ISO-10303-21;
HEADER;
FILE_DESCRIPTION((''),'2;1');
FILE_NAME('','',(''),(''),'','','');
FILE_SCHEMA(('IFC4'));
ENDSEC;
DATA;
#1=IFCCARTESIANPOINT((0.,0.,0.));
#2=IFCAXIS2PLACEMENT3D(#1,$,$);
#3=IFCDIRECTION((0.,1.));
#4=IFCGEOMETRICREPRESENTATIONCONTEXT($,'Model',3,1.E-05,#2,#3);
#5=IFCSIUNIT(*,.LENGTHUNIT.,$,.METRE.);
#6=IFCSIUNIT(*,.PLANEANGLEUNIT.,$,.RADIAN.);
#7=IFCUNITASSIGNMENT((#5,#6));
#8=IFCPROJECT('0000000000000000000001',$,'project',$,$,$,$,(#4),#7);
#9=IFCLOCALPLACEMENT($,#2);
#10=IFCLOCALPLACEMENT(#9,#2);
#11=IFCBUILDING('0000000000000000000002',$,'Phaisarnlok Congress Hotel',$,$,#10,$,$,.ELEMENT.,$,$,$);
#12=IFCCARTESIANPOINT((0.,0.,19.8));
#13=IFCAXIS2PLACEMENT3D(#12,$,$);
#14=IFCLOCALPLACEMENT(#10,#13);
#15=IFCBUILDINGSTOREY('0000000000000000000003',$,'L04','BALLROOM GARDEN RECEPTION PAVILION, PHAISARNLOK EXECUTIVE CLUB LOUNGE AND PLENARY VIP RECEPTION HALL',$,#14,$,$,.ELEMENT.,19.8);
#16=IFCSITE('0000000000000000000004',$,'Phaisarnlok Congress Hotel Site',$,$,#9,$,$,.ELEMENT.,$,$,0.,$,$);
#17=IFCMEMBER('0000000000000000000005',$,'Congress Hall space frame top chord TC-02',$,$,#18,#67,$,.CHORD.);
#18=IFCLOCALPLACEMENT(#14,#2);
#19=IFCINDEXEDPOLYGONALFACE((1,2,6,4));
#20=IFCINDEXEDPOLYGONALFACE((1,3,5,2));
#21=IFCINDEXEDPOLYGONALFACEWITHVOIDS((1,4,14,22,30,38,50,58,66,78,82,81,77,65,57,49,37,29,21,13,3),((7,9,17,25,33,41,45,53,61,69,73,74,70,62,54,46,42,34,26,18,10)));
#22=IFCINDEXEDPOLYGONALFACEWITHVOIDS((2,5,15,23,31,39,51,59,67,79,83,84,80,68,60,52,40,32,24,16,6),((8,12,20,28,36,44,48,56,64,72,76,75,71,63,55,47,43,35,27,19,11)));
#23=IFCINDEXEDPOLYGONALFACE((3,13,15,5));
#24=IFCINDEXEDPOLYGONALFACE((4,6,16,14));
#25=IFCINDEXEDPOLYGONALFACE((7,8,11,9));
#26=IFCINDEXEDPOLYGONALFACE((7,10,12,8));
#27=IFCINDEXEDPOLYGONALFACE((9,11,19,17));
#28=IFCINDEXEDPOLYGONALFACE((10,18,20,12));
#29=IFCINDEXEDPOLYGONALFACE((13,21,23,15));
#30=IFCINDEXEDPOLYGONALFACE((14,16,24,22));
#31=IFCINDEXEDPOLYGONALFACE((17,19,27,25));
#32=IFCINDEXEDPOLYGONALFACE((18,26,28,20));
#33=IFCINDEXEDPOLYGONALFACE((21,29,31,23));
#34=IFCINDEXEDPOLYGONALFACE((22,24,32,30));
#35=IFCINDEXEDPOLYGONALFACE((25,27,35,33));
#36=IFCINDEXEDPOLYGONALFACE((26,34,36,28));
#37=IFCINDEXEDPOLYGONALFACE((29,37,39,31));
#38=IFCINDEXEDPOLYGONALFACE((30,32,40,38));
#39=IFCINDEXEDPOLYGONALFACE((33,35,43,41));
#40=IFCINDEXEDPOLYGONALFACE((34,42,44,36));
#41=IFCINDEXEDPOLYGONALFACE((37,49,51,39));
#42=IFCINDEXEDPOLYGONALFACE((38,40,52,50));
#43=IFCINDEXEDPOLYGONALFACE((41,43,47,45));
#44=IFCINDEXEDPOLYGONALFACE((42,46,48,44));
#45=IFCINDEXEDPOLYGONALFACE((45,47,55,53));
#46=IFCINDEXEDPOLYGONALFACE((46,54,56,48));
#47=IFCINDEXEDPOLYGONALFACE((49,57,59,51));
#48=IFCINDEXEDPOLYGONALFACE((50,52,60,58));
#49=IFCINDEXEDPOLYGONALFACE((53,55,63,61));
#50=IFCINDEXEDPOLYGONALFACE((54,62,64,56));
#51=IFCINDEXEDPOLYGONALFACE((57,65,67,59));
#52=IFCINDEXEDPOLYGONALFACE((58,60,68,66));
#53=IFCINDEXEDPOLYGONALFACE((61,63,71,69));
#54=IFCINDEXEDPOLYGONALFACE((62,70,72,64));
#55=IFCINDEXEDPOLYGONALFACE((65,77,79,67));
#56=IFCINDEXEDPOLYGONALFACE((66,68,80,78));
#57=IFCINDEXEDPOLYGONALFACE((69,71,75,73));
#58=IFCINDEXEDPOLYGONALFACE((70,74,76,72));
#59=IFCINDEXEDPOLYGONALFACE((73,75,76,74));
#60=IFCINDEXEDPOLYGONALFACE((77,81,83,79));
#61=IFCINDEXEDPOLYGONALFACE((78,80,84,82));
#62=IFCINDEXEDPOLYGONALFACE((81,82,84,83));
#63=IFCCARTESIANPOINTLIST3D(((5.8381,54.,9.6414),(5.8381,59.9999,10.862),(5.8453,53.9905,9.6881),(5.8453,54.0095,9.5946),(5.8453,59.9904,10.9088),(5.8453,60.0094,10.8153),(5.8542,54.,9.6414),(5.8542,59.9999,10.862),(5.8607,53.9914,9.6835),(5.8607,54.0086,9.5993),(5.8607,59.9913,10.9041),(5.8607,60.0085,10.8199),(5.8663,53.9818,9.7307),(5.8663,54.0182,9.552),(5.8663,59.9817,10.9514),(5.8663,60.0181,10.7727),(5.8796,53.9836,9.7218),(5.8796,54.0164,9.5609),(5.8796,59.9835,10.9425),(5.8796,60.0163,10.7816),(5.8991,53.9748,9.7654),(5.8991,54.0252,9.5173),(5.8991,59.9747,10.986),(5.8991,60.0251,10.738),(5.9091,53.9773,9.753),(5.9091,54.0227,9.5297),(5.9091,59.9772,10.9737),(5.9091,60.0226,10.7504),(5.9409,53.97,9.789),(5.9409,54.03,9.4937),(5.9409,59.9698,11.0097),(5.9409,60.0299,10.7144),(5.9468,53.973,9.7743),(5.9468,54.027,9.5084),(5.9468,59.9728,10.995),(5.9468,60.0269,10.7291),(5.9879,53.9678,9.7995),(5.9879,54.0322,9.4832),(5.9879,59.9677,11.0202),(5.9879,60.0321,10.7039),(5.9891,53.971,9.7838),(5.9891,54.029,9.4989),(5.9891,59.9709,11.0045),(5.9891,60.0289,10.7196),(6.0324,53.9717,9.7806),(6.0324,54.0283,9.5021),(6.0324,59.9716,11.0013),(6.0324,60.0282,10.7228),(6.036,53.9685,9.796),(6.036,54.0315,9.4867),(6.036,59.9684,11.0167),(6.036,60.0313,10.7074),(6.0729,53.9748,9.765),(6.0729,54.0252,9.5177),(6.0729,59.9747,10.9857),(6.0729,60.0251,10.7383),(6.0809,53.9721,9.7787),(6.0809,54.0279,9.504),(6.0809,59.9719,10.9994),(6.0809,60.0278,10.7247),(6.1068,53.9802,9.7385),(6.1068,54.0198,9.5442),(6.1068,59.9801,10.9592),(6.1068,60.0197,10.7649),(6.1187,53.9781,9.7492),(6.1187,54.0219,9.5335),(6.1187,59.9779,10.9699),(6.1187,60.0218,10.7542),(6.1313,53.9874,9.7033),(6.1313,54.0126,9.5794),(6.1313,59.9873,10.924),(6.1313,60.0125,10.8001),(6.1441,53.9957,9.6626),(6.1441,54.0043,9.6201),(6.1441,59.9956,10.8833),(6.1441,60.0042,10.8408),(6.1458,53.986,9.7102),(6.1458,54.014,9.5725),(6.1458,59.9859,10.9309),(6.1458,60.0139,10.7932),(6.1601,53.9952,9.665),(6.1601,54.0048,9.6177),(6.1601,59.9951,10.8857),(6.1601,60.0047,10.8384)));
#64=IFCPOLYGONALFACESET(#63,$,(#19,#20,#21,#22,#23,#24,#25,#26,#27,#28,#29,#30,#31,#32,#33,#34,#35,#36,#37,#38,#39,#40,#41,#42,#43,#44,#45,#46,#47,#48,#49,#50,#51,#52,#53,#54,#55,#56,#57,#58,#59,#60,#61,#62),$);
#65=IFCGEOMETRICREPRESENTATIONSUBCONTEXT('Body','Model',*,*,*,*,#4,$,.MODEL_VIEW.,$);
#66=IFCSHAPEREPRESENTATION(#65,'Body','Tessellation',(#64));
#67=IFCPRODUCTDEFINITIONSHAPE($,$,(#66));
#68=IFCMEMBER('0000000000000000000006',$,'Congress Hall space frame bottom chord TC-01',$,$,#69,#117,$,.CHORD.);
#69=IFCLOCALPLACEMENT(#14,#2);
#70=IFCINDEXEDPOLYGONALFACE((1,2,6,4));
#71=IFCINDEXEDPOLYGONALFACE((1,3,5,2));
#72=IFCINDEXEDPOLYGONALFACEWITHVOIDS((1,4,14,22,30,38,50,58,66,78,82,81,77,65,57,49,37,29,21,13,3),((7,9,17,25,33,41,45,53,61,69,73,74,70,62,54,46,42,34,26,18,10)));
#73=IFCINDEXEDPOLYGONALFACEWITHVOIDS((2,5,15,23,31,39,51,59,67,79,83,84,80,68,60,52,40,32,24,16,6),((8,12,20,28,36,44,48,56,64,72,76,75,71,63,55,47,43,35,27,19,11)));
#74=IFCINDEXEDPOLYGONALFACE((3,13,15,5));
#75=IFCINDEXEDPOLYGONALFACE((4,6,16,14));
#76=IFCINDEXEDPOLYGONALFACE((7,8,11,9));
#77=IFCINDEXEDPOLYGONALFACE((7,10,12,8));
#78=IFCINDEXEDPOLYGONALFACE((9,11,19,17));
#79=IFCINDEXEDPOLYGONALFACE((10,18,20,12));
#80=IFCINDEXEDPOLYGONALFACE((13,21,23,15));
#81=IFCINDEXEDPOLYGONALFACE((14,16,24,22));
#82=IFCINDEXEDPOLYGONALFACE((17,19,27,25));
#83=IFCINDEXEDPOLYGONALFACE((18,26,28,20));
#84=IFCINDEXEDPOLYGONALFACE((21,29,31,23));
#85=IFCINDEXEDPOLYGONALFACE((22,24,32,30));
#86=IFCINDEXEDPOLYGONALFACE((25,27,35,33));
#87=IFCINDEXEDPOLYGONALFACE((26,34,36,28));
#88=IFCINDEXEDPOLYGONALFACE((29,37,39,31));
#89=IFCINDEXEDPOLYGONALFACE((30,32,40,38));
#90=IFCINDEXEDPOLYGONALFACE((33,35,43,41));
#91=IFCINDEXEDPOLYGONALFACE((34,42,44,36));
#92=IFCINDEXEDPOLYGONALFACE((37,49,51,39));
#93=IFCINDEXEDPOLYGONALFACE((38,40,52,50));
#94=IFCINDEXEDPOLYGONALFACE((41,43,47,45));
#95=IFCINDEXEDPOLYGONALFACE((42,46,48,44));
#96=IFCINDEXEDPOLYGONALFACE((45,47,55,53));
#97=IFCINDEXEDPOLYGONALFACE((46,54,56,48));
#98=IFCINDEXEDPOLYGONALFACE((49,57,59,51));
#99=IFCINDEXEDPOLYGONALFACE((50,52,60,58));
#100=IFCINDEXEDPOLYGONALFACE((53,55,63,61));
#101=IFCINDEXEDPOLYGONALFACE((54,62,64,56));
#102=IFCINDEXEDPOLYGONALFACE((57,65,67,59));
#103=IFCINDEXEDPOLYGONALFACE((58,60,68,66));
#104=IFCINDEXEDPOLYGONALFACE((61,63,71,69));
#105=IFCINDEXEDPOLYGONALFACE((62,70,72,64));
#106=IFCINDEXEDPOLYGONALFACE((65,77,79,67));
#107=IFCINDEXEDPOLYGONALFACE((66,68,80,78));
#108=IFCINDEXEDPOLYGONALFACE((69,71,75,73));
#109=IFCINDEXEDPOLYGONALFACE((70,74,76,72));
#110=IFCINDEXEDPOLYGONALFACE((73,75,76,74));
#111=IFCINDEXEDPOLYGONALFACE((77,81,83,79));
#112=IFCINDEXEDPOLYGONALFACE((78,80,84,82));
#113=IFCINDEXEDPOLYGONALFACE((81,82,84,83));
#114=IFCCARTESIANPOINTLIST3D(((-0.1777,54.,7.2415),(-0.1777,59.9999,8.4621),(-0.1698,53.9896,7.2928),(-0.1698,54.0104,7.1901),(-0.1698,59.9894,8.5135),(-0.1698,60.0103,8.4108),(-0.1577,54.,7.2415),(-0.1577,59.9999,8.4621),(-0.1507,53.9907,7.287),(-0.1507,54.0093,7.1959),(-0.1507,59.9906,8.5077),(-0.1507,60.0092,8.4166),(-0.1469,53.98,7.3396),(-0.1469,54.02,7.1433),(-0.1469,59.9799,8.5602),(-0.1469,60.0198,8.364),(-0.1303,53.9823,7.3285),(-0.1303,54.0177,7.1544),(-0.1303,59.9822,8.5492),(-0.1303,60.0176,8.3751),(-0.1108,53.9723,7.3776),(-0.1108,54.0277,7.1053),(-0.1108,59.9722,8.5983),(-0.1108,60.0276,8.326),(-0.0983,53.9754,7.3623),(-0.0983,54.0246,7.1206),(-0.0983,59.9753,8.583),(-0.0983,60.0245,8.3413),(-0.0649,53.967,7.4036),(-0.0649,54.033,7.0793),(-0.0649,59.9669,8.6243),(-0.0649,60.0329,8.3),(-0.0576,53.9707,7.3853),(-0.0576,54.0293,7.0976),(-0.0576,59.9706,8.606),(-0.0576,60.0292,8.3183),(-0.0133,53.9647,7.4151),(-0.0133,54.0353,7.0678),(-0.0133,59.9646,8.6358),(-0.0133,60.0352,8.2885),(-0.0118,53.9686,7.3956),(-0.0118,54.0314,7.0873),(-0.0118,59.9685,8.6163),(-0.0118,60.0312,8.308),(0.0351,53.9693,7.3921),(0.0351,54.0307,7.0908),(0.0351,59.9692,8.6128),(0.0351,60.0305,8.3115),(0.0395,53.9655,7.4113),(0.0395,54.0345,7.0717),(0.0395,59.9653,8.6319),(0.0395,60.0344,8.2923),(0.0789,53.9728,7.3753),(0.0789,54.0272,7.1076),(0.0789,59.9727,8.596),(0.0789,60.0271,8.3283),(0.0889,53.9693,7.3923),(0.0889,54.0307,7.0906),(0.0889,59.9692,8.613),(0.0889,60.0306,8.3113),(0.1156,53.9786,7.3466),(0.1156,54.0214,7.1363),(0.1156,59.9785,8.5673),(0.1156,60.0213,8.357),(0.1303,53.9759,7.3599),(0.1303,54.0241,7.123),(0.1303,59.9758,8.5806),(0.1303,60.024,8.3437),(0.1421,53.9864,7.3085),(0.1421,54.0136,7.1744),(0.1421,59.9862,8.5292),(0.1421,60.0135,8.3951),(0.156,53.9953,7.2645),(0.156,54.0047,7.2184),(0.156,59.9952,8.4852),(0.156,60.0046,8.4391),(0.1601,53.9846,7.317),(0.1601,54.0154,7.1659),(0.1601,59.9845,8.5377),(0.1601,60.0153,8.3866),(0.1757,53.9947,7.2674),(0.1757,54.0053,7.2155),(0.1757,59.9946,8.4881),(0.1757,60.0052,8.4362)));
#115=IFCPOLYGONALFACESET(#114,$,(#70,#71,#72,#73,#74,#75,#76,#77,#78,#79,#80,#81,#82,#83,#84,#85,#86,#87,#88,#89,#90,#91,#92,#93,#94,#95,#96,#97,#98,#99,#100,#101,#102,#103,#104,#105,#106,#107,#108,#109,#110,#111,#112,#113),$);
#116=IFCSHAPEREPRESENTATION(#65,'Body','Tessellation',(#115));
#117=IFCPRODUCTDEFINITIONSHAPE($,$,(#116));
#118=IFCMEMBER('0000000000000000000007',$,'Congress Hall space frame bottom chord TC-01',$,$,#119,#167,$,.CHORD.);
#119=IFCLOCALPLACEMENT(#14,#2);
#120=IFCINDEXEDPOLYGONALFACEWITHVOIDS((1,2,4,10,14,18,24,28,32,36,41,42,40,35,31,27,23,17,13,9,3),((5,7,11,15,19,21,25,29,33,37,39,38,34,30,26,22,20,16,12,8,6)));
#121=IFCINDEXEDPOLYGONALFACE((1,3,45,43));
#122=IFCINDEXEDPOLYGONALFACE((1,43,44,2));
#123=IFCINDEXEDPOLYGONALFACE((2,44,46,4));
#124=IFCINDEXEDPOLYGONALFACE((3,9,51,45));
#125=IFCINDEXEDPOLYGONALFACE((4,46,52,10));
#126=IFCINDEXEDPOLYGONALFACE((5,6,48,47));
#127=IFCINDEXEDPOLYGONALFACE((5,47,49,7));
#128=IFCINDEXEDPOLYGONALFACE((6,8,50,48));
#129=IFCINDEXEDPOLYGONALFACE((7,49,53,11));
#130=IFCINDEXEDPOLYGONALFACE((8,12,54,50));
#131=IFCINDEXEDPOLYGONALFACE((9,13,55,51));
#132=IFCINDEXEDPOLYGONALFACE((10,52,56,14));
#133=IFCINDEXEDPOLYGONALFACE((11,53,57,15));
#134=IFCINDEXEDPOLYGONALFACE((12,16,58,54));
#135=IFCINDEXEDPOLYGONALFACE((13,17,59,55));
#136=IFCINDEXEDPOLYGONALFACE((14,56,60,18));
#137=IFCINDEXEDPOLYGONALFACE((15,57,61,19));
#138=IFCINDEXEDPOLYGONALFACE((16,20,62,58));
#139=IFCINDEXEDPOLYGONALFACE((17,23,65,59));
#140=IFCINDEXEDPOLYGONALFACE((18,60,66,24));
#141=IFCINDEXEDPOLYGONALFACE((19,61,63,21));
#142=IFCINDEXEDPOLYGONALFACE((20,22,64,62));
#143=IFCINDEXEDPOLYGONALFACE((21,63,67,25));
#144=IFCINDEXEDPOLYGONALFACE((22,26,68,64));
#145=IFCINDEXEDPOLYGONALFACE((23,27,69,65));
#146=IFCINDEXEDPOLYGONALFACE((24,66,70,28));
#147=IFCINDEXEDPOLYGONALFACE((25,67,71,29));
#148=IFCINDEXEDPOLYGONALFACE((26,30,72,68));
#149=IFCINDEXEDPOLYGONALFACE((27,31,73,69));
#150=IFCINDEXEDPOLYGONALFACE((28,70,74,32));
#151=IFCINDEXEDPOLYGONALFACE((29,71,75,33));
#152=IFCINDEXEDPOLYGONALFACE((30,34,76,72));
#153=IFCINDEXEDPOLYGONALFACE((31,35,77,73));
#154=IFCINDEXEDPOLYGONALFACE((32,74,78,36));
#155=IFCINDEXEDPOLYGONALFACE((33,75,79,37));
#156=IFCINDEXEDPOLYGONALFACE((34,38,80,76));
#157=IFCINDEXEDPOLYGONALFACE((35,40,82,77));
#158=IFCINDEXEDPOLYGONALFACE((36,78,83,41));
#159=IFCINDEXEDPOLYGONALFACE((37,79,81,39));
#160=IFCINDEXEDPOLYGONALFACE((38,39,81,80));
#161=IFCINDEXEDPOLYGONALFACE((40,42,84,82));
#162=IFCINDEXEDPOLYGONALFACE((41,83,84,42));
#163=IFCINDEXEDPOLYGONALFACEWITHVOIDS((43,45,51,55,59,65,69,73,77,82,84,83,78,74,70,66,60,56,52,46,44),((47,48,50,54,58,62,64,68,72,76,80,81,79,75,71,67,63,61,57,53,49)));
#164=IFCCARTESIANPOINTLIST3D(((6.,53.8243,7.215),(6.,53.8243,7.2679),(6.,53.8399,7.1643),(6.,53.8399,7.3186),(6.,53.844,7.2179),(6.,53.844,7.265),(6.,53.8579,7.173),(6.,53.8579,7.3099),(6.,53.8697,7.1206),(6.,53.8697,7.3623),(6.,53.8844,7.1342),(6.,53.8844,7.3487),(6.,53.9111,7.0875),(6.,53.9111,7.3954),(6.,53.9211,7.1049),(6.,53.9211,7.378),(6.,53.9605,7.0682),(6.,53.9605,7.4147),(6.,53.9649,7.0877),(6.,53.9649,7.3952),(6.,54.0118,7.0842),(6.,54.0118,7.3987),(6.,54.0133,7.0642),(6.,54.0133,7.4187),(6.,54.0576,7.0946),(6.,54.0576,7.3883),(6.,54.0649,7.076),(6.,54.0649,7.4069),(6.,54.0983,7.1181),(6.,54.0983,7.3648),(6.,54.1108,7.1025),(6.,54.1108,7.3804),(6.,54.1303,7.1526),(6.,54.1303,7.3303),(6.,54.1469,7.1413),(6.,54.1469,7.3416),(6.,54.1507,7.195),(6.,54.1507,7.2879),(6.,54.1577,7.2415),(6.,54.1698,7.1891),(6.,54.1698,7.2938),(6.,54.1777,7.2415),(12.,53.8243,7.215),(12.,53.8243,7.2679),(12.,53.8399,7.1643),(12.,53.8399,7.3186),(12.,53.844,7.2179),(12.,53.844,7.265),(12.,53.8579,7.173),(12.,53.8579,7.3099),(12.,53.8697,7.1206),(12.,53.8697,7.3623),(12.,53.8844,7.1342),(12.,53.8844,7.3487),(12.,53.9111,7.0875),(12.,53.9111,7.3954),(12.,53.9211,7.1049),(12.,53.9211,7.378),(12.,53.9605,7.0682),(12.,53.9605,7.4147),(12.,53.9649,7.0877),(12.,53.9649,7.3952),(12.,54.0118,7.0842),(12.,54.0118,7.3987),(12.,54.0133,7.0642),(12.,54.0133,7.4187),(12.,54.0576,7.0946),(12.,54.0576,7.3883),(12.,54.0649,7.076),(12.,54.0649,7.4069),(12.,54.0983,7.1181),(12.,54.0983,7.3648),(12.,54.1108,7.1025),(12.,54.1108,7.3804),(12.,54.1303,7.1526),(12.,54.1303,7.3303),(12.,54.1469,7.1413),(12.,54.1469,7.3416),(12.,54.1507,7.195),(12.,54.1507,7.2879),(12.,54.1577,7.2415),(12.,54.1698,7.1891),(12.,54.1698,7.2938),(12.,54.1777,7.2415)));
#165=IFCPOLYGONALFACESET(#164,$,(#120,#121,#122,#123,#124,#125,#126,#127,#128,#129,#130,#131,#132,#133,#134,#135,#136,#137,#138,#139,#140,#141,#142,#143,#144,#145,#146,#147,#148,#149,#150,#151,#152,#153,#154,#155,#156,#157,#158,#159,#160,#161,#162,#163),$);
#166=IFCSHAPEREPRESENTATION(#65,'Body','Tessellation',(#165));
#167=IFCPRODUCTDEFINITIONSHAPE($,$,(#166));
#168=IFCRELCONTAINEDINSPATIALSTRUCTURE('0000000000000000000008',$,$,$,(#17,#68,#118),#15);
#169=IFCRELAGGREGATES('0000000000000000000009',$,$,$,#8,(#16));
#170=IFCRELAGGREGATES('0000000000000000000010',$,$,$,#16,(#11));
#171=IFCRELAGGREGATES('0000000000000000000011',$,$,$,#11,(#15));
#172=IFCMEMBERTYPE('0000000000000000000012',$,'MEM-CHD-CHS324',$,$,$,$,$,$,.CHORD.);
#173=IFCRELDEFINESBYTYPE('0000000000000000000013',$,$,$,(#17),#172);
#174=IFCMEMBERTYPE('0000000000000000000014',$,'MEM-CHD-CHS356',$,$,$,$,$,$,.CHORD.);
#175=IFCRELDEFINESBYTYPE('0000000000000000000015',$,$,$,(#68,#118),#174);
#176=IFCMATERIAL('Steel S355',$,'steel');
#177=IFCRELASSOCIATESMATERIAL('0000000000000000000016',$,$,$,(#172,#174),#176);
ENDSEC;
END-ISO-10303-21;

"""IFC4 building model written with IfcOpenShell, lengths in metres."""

from ifc_helpers import new_model, si_unit, direction, frame, origin, origin_2d, place, context, subcontext, project, spatial, hollow_circle, extrude, material, material_profile, profile_set, type_object, element, save


model = new_model("IFC4")

# Units and contexts
model_context = context("Model", 3, precision=1e-05, world=origin(), true_north=direction((0.0, 1.0)))
body_context = subcontext(model_context, "Body", "Model", "MODEL_VIEW")
ifc_project = project(units=[si_unit("LENGTHUNIT", "METRE"), si_unit("PLANEANGLEUNIT", "RADIAN")], contexts=[model_context])

# Site, building, storey
site_placement = place(None, origin())
site = spatial("IfcSite", under=ifc_project, at=site_placement, Name="Phaisarnlok Congress Hotel Site", CompositionType="ELEMENT", RefElevation=0.0)
building_placement = place(site_placement, origin())
building = spatial("IfcBuilding", under=site, at=building_placement, Name="Phaisarnlok Congress Hotel", CompositionType="ELEMENT")
storey_placement = place(building_placement, frame((0.0, 0.0, 19.8)))
storey = spatial("IfcBuildingStorey", under=building, at=storey_placement, Name="L04", Description="BALLROOM GARDEN RECEPTION PAVILION, PHAISARNLOK EXECUTIVE CLUB LOUNGE AND PLENARY VIP RECEPTION HALL", CompositionType="ELEMENT", Elevation=19.8)

# Members
ifc_material_1 = material(Name="Steel S355", Category="steel")
ifc_material_profile_1 = material_profile(ifc_material_1, hollow_circle(Radius=0.1619, WallThickness=0.0161, at=origin_2d()), Name="CHS 323.9x16")
ifc_profile_set_1 = profile_set([ifc_material_profile_1], Name="Steel S355")
member_type_1 = type_object("IfcMemberType", Name="MEM-CHD-CHS324", PredefinedType="CHORD", material=ifc_profile_set_1)
member_1_placement = place(storey_placement, frame((6.0, 54.0, 9.6414), z_axis=(0.0, 0.979925, 0.199366), x_axis=(-1.0, 0.0, 0.0)))
element("IfcMember", 1, at=member_1_placement, inside=storey, type_object=member_type_1, Name="Congress Hall space frame top chord TC-02", PredefinedType="CHORD", context=body_context, shape_type="SweptSolid", body=[
    extrude(hollow_circle(Radius=0.1619, WallThickness=0.0161, at=origin_2d()), origin(), (0.0, 0.0, 1.0), 6.1228),
])
ifc_material_profile_2 = material_profile(ifc_material_1, hollow_circle(Radius=0.1777, WallThickness=0.02, at=origin_2d()), Name="CHS 355.6x20")
ifc_profile_set_2 = profile_set([ifc_material_profile_2], Name="Steel S355")
member_type_2 = type_object("IfcMemberType", Name="MEM-CHD-CHS356", PredefinedType="CHORD", material=ifc_profile_set_2)
member_2_placement = place(storey_placement, frame((0.0, 54.0, 7.2415), z_axis=(0.0, 0.979925, 0.199366), x_axis=(-1.0, 0.0, 0.0)))
element("IfcMember", 2, at=member_2_placement, inside=storey, type_object=member_type_2, Name="Congress Hall space frame bottom chord TC-01", PredefinedType="CHORD", context=body_context, shape_type="SweptSolid", body=[
    extrude(hollow_circle(Radius=0.1777, WallThickness=0.02, at=origin_2d()), origin(), (0.0, 0.0, 1.0), 6.1228),
])
member_3_placement = place(storey_placement, frame((6.0, 54.0, 7.2415), z_axis=(1.0, 0.0, 0.0), x_axis=(0.0, 1.0, 0.0)))
element("IfcMember", 3, at=member_3_placement, inside=storey, type_object=member_type_2, Name="Congress Hall space frame bottom chord TC-01", PredefinedType="CHORD", context=body_context, shape_type="SweptSolid", body=[
    extrude(hollow_circle(Radius=0.1777, WallThickness=0.02, at=origin_2d()), origin(), (0.0, 0.0, 1.0), 6.0),
])

save(model, "model.ifc")
